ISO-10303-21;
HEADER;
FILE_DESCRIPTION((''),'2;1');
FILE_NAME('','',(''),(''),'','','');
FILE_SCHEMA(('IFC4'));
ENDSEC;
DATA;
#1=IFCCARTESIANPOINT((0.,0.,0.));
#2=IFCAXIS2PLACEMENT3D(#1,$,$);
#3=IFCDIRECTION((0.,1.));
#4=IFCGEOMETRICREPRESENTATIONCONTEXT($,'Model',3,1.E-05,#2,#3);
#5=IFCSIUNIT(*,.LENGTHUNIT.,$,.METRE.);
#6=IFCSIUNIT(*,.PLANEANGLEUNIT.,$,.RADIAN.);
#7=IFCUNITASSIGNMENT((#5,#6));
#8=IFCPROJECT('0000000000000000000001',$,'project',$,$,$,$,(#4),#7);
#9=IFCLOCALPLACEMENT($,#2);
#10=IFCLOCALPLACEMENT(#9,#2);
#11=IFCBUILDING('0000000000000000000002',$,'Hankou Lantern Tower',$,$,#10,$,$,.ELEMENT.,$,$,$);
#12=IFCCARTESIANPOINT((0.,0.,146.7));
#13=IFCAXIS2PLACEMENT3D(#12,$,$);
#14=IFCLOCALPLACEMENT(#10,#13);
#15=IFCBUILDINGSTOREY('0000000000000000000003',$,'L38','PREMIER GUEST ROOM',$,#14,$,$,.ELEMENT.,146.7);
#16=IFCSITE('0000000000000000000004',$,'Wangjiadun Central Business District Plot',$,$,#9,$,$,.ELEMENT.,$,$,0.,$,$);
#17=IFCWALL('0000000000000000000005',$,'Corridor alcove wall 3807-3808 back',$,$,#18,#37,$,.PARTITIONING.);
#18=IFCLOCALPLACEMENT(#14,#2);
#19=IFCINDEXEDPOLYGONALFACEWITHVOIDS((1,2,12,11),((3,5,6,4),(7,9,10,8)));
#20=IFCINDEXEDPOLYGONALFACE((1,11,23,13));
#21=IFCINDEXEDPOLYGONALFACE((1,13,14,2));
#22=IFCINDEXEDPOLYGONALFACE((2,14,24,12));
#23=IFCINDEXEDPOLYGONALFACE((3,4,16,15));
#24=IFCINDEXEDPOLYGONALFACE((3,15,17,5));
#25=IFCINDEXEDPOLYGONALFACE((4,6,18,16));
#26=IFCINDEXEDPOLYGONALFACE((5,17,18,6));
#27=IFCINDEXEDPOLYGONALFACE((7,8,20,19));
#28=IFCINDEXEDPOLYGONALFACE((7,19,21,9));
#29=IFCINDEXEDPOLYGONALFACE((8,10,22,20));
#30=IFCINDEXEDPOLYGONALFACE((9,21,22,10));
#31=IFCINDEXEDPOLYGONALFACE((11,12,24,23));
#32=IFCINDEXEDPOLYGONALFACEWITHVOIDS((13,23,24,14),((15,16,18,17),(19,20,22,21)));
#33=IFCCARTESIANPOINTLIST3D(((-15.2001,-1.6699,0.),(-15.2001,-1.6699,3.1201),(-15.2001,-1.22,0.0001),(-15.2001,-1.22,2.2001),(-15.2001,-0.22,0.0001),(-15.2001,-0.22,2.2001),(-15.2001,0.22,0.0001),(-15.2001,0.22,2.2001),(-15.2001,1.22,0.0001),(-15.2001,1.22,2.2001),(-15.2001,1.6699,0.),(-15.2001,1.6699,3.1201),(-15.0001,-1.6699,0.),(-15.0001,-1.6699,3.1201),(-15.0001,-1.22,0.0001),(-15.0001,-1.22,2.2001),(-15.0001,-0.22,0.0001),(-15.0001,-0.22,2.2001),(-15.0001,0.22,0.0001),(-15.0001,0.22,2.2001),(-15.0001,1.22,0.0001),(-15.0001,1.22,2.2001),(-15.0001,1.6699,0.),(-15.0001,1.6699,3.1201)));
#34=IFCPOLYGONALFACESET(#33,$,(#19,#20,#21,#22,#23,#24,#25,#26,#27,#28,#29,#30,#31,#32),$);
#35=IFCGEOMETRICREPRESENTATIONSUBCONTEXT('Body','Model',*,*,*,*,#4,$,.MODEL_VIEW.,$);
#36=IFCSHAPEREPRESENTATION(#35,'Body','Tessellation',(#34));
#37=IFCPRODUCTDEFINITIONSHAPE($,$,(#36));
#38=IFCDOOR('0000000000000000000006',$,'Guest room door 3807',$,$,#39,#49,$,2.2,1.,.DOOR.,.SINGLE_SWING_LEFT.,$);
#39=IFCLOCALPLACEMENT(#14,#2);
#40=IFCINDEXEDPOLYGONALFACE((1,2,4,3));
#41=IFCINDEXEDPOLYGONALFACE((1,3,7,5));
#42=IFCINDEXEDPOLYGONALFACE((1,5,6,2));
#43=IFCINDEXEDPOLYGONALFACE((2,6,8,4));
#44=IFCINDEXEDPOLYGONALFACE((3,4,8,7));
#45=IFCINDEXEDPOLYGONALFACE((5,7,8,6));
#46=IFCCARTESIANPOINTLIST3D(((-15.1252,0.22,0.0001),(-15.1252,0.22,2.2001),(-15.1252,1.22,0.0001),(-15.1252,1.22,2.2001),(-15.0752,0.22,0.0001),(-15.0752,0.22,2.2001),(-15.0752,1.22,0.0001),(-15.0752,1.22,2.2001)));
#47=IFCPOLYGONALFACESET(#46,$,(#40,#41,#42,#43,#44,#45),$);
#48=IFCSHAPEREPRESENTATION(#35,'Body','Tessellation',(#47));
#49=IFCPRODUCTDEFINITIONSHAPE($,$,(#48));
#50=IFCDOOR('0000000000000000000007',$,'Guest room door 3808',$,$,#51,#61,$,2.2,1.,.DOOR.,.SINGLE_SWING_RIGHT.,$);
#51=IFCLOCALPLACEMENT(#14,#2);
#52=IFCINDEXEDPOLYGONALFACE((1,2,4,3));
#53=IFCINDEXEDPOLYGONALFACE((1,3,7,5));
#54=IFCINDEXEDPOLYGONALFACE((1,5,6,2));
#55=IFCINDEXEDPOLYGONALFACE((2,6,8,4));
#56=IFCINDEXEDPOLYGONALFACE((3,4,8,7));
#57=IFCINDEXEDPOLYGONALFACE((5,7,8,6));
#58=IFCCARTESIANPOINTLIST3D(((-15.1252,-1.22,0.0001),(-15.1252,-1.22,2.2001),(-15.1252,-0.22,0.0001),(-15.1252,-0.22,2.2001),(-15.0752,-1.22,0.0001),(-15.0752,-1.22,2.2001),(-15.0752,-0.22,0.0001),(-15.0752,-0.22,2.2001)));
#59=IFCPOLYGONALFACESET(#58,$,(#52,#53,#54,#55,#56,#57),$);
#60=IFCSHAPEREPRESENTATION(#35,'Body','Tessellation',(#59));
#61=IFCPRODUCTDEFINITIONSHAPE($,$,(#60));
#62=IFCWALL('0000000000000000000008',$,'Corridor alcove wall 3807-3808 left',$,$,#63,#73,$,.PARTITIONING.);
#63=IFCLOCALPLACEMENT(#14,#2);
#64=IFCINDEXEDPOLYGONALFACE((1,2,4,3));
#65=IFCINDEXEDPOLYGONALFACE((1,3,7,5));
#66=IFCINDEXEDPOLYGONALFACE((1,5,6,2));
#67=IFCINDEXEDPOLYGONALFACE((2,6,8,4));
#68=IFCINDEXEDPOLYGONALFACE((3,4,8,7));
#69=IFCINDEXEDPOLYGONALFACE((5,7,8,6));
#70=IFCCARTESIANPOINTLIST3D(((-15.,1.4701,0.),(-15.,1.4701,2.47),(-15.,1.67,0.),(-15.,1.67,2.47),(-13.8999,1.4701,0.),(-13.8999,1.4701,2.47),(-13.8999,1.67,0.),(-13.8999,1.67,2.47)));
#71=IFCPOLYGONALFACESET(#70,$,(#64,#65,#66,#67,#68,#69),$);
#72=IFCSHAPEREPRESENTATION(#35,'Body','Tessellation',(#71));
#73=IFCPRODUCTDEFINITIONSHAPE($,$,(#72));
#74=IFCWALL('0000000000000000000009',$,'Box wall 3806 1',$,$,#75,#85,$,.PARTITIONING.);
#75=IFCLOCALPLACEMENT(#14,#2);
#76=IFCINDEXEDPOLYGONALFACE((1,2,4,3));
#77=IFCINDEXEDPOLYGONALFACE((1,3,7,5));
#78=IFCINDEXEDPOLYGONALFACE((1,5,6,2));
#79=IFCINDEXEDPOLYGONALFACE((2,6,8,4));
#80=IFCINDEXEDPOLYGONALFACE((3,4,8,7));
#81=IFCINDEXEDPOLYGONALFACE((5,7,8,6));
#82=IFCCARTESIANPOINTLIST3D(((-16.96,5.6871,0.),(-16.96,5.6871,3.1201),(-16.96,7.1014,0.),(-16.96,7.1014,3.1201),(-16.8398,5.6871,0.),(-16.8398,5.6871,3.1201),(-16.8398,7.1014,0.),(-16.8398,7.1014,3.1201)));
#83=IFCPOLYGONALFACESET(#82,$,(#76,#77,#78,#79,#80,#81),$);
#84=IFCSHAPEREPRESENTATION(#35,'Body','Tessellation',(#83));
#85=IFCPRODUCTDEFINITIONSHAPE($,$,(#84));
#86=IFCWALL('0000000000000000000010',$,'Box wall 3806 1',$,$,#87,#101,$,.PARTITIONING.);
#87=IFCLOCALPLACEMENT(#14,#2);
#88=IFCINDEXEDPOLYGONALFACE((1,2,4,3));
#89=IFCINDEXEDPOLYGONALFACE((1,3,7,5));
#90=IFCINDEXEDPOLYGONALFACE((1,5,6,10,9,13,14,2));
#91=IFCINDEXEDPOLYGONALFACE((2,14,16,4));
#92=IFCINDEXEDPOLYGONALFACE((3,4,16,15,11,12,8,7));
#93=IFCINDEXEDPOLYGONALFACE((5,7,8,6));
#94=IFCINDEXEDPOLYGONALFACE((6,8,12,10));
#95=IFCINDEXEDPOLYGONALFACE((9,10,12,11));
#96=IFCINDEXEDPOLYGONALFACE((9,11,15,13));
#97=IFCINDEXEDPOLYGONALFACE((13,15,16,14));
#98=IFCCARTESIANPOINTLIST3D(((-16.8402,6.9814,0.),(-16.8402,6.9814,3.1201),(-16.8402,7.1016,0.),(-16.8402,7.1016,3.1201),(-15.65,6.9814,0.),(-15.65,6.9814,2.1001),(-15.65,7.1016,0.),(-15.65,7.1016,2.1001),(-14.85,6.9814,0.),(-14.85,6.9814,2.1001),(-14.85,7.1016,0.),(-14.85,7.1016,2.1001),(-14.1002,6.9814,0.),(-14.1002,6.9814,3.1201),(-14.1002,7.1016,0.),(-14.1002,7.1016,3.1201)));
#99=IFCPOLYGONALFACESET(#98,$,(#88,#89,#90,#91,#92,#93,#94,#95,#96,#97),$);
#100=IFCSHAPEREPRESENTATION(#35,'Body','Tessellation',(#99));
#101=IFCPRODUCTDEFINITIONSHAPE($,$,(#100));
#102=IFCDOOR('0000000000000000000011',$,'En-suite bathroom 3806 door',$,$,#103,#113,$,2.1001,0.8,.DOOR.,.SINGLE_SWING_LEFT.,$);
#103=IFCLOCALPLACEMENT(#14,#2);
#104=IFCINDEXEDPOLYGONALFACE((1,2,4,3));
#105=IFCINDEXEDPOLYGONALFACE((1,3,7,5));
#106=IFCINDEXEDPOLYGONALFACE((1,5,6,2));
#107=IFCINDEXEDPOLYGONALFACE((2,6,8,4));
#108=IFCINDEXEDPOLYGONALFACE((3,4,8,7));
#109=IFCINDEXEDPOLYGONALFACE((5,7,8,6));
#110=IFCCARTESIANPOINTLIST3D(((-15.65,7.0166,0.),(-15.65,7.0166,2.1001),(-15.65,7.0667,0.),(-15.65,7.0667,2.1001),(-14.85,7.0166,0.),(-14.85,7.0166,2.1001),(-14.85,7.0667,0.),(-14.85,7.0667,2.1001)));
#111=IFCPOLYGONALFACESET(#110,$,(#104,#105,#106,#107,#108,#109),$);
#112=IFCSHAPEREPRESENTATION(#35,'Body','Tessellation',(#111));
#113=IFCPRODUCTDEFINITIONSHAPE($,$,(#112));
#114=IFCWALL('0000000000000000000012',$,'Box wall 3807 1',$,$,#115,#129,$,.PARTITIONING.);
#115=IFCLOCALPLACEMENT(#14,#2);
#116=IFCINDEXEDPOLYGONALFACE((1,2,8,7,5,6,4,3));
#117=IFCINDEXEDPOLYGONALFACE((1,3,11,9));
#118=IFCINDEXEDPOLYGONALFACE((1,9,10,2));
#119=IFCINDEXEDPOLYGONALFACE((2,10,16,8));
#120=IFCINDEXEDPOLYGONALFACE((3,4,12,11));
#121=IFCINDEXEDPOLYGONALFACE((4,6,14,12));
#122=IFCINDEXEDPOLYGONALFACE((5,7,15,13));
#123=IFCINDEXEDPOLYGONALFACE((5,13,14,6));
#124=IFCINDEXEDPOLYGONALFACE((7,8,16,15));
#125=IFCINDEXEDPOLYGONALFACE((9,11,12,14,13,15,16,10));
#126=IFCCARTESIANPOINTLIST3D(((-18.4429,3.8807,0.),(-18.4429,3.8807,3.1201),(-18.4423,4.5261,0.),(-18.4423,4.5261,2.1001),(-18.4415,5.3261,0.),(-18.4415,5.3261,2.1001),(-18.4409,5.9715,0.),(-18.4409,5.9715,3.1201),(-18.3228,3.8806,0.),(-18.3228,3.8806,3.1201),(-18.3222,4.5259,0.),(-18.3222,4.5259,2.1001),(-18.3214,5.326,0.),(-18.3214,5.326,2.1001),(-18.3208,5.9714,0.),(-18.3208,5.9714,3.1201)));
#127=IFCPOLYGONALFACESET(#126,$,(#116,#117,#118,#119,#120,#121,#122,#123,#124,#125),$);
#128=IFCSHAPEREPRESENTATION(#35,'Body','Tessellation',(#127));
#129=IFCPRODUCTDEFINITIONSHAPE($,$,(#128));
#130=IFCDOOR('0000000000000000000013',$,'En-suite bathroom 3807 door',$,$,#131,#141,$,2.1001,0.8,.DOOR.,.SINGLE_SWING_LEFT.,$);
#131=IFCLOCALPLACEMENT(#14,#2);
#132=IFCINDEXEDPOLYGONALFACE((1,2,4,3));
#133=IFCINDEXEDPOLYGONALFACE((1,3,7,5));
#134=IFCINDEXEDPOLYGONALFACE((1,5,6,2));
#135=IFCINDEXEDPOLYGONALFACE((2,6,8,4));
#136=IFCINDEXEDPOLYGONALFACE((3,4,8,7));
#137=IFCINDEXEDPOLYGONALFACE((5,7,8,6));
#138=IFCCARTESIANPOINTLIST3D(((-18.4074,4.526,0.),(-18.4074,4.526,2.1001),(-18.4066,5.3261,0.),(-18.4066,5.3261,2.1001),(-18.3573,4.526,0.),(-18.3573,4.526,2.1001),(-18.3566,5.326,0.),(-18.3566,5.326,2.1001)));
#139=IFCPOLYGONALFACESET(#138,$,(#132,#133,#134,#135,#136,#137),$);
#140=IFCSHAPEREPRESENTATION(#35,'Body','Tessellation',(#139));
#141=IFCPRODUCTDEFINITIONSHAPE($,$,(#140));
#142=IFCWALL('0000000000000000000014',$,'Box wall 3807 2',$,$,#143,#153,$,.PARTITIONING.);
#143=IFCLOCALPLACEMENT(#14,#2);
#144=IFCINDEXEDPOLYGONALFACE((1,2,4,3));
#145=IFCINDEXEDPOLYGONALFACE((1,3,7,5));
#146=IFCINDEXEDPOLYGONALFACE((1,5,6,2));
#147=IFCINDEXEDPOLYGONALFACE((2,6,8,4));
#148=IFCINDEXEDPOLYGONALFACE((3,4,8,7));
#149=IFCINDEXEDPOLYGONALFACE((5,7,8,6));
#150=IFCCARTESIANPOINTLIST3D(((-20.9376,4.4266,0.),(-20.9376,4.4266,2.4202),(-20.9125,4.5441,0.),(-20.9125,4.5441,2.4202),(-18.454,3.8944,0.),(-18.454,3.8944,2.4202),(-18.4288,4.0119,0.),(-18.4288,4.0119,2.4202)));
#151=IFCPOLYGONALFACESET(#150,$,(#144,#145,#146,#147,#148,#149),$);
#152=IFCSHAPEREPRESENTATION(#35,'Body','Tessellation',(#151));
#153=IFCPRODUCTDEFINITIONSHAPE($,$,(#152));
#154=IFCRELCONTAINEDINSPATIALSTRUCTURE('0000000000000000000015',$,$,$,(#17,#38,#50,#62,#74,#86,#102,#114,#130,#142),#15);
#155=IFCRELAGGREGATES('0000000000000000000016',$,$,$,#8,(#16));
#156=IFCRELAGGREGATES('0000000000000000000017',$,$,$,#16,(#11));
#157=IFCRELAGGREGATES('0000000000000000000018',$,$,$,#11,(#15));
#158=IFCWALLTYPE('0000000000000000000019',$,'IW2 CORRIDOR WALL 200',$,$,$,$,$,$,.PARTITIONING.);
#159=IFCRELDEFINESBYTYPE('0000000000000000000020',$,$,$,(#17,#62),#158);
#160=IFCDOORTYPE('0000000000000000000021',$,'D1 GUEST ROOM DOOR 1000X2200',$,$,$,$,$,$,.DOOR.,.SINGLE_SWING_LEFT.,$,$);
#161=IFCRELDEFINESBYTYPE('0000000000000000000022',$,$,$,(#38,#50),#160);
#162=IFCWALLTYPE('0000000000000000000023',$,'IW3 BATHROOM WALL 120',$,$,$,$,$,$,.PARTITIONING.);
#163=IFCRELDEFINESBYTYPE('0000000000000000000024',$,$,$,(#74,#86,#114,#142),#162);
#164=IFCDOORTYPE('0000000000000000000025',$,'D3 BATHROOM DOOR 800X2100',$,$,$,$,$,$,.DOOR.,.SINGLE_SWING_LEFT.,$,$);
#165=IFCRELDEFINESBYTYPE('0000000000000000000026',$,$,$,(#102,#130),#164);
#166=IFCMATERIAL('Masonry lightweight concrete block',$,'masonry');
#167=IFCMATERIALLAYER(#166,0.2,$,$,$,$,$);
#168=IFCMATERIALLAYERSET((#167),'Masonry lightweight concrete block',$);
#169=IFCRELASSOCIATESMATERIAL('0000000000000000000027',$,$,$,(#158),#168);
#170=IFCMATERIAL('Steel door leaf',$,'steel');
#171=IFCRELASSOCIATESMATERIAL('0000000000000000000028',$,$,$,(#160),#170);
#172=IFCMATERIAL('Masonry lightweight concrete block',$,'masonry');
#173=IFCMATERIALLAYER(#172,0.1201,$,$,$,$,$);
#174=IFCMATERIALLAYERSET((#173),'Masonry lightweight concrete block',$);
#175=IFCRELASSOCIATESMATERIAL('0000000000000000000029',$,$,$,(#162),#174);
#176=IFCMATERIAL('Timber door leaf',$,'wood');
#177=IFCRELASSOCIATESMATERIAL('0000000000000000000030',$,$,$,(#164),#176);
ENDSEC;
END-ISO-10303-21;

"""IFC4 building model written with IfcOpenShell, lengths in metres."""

from ifc_helpers import new_model, si_unit, direction, frame, frame_2d, origin, place, context, subcontext, project, spatial, rectangle, extrude, material, layer, layer_set, type_object, element, fill, save


model = new_model("IFC4")

# Units and contexts
model_context = context("Model", 3, precision=1e-05, world=origin(), true_north=direction((0.0, 1.0)))
body_context = subcontext(model_context, "Body", "Model", "MODEL_VIEW")
ifc_project = project(units=[si_unit("LENGTHUNIT", "METRE"), si_unit("PLANEANGLEUNIT", "RADIAN")], contexts=[model_context])

# Site, building, storey
site_placement = place(None, origin())
site = spatial("IfcSite", under=ifc_project, at=site_placement, Name="Wangjiadun Central Business District Plot", CompositionType="ELEMENT", RefElevation=0.0)
building_placement = place(site_placement, origin())
building = spatial("IfcBuilding", under=site, at=building_placement, Name="Hankou Lantern Tower", CompositionType="ELEMENT")
storey_placement = place(building_placement, frame((0.0, 0.0, 146.7)))
storey = spatial("IfcBuildingStorey", under=building, at=storey_placement, Name="L38", Description="PREMIER GUEST ROOM", CompositionType="ELEMENT", Elevation=146.7)

# Wall, openings, doors
ifc_material_1 = material(Name="Masonry lightweight concrete block", Category="masonry")
ifc_layer_1 = layer(ifc_material_1, 0.2)
ifc_layer_set_1 = layer_set([ifc_layer_1], Name="Masonry lightweight concrete block")
wall_type_1 = type_object("IfcWallType", Name="IW2 CORRIDOR WALL 200", PredefinedType="PARTITIONING", material=ifc_layer_set_1)
wall_1_placement = place(storey_placement, frame((-15.1001, 1.6699, 0.0), z_axis=(0.0, 0.0, 1.0), x_axis=(0.0, -1.0, 0.0)))
wall_1 = element("IfcWall", 1, at=wall_1_placement, inside=storey, type_object=wall_type_1, Name="Corridor alcove wall 3807-3808 back", PredefinedType="PARTITIONING", context=body_context, shape_type="SweptSolid", body=[
    extrude(rectangle(XDim=3.3398, YDim=0.2, at=frame_2d((1.6699, 0.0))), origin(), (0.0, 0.0, 1.0), 3.1201),
])
opening_1_placement = place(wall_1_placement, frame((0.45, 0.0, 0.0)))
opening_1 = element("IfcOpeningElement", 2, at=opening_1_placement, cuts=wall_1, PredefinedType="OPENING", context=body_context, shape_type="SweptSolid", body=[
    extrude(rectangle(XDim=1.0, YDim=2.2, at=frame_2d((0.5, 1.1001))), frame((0.0, 0.1099, 0.0), z_axis=(0.0, -1.0, 0.0), x_axis=(1.0, 0.0, 0.0)), (0.0, 0.0, 1.0), 0.22),
])
opening_2_placement = place(wall_1_placement, frame((1.8899, 0.0, 0.0)))
opening_2 = element("IfcOpeningElement", 3, at=opening_2_placement, cuts=wall_1, PredefinedType="OPENING", context=body_context, shape_type="SweptSolid", body=[
    extrude(rectangle(XDim=1.0, YDim=2.2, at=frame_2d((0.5, 1.1001))), frame((0.0, 0.1099, 0.0), z_axis=(0.0, -1.0, 0.0), x_axis=(1.0, 0.0, 0.0)), (0.0, 0.0, 1.0), 0.22),
])
ifc_material_2 = material(Name="Steel door leaf", Category="steel")
door_type_1 = type_object("IfcDoorType", Name="D1 GUEST ROOM DOOR 1000X2200", OperationType="SINGLE_SWING_LEFT", PredefinedType="DOOR", material=ifc_material_2)
door_1_placement = place(opening_1_placement, origin())
door_1 = element("IfcDoor", 4, at=door_1_placement, inside=storey, type_object=door_type_1, Name="Guest room door 3807", OperationType="SINGLE_SWING_LEFT", OverallHeight=2.2, OverallWidth=1.0, PredefinedType="DOOR", context=body_context, shape_type="SweptSolid", body=[
    extrude(rectangle(XDim=1.0, YDim=2.2, at=frame_2d((0.5, 1.1001))), frame((0.0, 0.0249, 0.0), z_axis=(0.0, -1.0, 0.0), x_axis=(1.0, 0.0, 0.0)), (0.0, 0.0, 1.0), 0.05),
])
fill(opening_1, door_1)
door_2_placement = place(opening_2_placement, origin())
door_2 = element("IfcDoor", 5, at=door_2_placement, inside=storey, type_object=door_type_1, Name="Guest room door 3808", OperationType="SINGLE_SWING_RIGHT", OverallHeight=2.2, OverallWidth=1.0, PredefinedType="DOOR", context=body_context, shape_type="SweptSolid", body=[
    extrude(rectangle(XDim=1.0, YDim=2.2, at=frame_2d((0.5, 1.1001))), frame((0.0, 0.0249, 0.0), z_axis=(0.0, -1.0, 0.0), x_axis=(1.0, 0.0, 0.0)), (0.0, 0.0, 1.0), 0.05),
])
fill(opening_2, door_2)

# Walls
wall_2_placement = place(storey_placement, frame((-13.8999, 1.5701, 0.0), z_axis=(0.0, 0.0, 1.0), x_axis=(-1.0, 0.0, 0.0)))
element("IfcWall", 6, at=wall_2_placement, inside=storey, type_object=wall_type_1, Name="Corridor alcove wall 3807-3808 left", PredefinedType="PARTITIONING", context=body_context, shape_type="SweptSolid", body=[
    extrude(rectangle(XDim=1.1001, YDim=0.2, at=frame_2d((0.55, 0.0))), origin(), (0.0, 0.0, 1.0), 2.47),
])
ifc_material_3 = material(Name="Masonry lightweight concrete block", Category="masonry")
ifc_layer_2 = layer(ifc_material_3, 0.1201)
ifc_layer_set_2 = layer_set([ifc_layer_2], Name="Masonry lightweight concrete block")
wall_type_2 = type_object("IfcWallType", Name="IW3 BATHROOM WALL 120", PredefinedType="PARTITIONING", material=ifc_layer_set_2)
wall_3_placement = place(storey_placement, frame((-16.8999, 5.6873, 0.0), z_axis=(0.0, 0.0, 1.0), x_axis=(0.0, 1.0, 0.0)))
element("IfcWall", 7, at=wall_3_placement, inside=storey, type_object=wall_type_2, Name="Box wall 3806 1", PredefinedType="PARTITIONING", context=body_context, shape_type="SweptSolid", body=[
    extrude(rectangle(XDim=1.4143, YDim=0.1201, at=frame_2d((0.707, 0.0))), origin(), (0.0, 0.0, 1.0), 3.1201),
])

# Walls, openings, doors
wall_4_placement = place(storey_placement, frame((-14.1001, 7.0415, 0.0), z_axis=(0.0, 0.0, 1.0), x_axis=(-1.0, 0.0, 0.0)))
wall_4 = element("IfcWall", 8, at=wall_4_placement, inside=storey, type_object=wall_type_2, Name="Box wall 3806 1", PredefinedType="PARTITIONING", context=body_context, shape_type="SweptSolid", body=[
    extrude(rectangle(XDim=2.74, YDim=0.1201, at=frame_2d((1.3701, 0.0))), origin(), (0.0, 0.0, 1.0), 3.1201),
])
opening_3_placement = place(wall_4_placement, frame((0.75, 0.0, 0.0)))
opening_3 = element("IfcOpeningElement", 9, at=opening_3_placement, cuts=wall_4, PredefinedType="OPENING", context=body_context, shape_type="SweptSolid", body=[
    extrude(rectangle(XDim=0.8, YDim=2.1001, at=frame_2d((0.3999, 1.05))), frame((0.0, 0.0701, 0.0), z_axis=(0.0, -1.0, 0.0), x_axis=(1.0, 0.0, 0.0)), (0.0, 0.0, 1.0), 0.1401),
])
ifc_material_4 = material(Name="Timber door leaf", Category="wood")
door_type_2 = type_object("IfcDoorType", Name="D3 BATHROOM DOOR 800X2100", OperationType="SINGLE_SWING_LEFT", PredefinedType="DOOR", material=ifc_material_4)
door_3_placement = place(opening_3_placement, origin())
door_3 = element("IfcDoor", 10, at=door_3_placement, inside=storey, type_object=door_type_2, Name="En-suite bathroom 3806 door", OperationType="SINGLE_SWING_LEFT", OverallHeight=2.1001, OverallWidth=0.8, PredefinedType="DOOR", context=body_context, shape_type="SweptSolid", body=[
    extrude(rectangle(XDim=0.8, YDim=2.1001, at=frame_2d((0.3999, 1.05))), frame((0.0, 0.0249, 0.0), z_axis=(0.0, -1.0, 0.0), x_axis=(1.0, 0.0, 0.0)), (0.0, 0.0, 1.0), 0.05),
])
fill(opening_3, door_3)
wall_5_placement = place(storey_placement, frame((-18.3809, 5.9714, 0.0), z_axis=(0.0, 0.0, 1.0), x_axis=(-0.000934, -1.0, 0.0)))
wall_5 = element("IfcWall", 11, at=wall_5_placement, inside=storey, type_object=wall_type_2, Name="Box wall 3807 1", PredefinedType="PARTITIONING", context=body_context, shape_type="SweptSolid", body=[
    extrude(rectangle(XDim=2.0908, YDim=0.1201, at=frame_2d((1.0454, 0.0))), origin(), (0.0, 0.0, 1.0), 3.1201),
])
opening_4_placement = place(wall_5_placement, frame((0.6455, 0.0, 0.0)))
opening_4 = element("IfcOpeningElement", 12, at=opening_4_placement, cuts=wall_5, PredefinedType="OPENING", context=body_context, shape_type="SweptSolid", body=[
    extrude(rectangle(XDim=0.8, YDim=2.1001, at=frame_2d((0.3999, 1.05))), frame((0.0, 0.0701, 0.0), z_axis=(0.0, -1.0, 0.0), x_axis=(1.0, 0.0, 0.0)), (0.0, 0.0, 1.0), 0.1401),
])
door_4_placement = place(opening_4_placement, origin())
door_4 = element("IfcDoor", 13, at=door_4_placement, inside=storey, type_object=door_type_2, Name="En-suite bathroom 3807 door", OperationType="SINGLE_SWING_LEFT", OverallHeight=2.1001, OverallWidth=0.8, PredefinedType="DOOR", context=body_context, shape_type="SweptSolid", body=[
    extrude(rectangle(XDim=0.8, YDim=2.1001, at=frame_2d((0.3999, 1.05))), frame((0.0, 0.0249, 0.0), z_axis=(0.0, -1.0, 0.0), x_axis=(1.0, 0.0, 0.0)), (0.0, 0.0, 1.0), 0.05),
])
fill(opening_4, door_4)

# Wall
wall_6_placement = place(storey_placement, frame((-18.4414, 3.9531, 0.0), z_axis=(0.0, 0.0, 1.0), x_axis=(-0.977801, 0.209536, 0.0)))
element("IfcWall", 14, at=wall_6_placement, inside=storey, type_object=wall_type_2, Name="Box wall 3807 2", PredefinedType="PARTITIONING", context=body_context, shape_type="SweptSolid", body=[
    extrude(rectangle(XDim=2.54, YDim=0.1201, at=frame_2d((1.27, 0.0))), origin(), (0.0, 0.0, 1.0), 2.4202),
])

save(model, "model.ifc")
